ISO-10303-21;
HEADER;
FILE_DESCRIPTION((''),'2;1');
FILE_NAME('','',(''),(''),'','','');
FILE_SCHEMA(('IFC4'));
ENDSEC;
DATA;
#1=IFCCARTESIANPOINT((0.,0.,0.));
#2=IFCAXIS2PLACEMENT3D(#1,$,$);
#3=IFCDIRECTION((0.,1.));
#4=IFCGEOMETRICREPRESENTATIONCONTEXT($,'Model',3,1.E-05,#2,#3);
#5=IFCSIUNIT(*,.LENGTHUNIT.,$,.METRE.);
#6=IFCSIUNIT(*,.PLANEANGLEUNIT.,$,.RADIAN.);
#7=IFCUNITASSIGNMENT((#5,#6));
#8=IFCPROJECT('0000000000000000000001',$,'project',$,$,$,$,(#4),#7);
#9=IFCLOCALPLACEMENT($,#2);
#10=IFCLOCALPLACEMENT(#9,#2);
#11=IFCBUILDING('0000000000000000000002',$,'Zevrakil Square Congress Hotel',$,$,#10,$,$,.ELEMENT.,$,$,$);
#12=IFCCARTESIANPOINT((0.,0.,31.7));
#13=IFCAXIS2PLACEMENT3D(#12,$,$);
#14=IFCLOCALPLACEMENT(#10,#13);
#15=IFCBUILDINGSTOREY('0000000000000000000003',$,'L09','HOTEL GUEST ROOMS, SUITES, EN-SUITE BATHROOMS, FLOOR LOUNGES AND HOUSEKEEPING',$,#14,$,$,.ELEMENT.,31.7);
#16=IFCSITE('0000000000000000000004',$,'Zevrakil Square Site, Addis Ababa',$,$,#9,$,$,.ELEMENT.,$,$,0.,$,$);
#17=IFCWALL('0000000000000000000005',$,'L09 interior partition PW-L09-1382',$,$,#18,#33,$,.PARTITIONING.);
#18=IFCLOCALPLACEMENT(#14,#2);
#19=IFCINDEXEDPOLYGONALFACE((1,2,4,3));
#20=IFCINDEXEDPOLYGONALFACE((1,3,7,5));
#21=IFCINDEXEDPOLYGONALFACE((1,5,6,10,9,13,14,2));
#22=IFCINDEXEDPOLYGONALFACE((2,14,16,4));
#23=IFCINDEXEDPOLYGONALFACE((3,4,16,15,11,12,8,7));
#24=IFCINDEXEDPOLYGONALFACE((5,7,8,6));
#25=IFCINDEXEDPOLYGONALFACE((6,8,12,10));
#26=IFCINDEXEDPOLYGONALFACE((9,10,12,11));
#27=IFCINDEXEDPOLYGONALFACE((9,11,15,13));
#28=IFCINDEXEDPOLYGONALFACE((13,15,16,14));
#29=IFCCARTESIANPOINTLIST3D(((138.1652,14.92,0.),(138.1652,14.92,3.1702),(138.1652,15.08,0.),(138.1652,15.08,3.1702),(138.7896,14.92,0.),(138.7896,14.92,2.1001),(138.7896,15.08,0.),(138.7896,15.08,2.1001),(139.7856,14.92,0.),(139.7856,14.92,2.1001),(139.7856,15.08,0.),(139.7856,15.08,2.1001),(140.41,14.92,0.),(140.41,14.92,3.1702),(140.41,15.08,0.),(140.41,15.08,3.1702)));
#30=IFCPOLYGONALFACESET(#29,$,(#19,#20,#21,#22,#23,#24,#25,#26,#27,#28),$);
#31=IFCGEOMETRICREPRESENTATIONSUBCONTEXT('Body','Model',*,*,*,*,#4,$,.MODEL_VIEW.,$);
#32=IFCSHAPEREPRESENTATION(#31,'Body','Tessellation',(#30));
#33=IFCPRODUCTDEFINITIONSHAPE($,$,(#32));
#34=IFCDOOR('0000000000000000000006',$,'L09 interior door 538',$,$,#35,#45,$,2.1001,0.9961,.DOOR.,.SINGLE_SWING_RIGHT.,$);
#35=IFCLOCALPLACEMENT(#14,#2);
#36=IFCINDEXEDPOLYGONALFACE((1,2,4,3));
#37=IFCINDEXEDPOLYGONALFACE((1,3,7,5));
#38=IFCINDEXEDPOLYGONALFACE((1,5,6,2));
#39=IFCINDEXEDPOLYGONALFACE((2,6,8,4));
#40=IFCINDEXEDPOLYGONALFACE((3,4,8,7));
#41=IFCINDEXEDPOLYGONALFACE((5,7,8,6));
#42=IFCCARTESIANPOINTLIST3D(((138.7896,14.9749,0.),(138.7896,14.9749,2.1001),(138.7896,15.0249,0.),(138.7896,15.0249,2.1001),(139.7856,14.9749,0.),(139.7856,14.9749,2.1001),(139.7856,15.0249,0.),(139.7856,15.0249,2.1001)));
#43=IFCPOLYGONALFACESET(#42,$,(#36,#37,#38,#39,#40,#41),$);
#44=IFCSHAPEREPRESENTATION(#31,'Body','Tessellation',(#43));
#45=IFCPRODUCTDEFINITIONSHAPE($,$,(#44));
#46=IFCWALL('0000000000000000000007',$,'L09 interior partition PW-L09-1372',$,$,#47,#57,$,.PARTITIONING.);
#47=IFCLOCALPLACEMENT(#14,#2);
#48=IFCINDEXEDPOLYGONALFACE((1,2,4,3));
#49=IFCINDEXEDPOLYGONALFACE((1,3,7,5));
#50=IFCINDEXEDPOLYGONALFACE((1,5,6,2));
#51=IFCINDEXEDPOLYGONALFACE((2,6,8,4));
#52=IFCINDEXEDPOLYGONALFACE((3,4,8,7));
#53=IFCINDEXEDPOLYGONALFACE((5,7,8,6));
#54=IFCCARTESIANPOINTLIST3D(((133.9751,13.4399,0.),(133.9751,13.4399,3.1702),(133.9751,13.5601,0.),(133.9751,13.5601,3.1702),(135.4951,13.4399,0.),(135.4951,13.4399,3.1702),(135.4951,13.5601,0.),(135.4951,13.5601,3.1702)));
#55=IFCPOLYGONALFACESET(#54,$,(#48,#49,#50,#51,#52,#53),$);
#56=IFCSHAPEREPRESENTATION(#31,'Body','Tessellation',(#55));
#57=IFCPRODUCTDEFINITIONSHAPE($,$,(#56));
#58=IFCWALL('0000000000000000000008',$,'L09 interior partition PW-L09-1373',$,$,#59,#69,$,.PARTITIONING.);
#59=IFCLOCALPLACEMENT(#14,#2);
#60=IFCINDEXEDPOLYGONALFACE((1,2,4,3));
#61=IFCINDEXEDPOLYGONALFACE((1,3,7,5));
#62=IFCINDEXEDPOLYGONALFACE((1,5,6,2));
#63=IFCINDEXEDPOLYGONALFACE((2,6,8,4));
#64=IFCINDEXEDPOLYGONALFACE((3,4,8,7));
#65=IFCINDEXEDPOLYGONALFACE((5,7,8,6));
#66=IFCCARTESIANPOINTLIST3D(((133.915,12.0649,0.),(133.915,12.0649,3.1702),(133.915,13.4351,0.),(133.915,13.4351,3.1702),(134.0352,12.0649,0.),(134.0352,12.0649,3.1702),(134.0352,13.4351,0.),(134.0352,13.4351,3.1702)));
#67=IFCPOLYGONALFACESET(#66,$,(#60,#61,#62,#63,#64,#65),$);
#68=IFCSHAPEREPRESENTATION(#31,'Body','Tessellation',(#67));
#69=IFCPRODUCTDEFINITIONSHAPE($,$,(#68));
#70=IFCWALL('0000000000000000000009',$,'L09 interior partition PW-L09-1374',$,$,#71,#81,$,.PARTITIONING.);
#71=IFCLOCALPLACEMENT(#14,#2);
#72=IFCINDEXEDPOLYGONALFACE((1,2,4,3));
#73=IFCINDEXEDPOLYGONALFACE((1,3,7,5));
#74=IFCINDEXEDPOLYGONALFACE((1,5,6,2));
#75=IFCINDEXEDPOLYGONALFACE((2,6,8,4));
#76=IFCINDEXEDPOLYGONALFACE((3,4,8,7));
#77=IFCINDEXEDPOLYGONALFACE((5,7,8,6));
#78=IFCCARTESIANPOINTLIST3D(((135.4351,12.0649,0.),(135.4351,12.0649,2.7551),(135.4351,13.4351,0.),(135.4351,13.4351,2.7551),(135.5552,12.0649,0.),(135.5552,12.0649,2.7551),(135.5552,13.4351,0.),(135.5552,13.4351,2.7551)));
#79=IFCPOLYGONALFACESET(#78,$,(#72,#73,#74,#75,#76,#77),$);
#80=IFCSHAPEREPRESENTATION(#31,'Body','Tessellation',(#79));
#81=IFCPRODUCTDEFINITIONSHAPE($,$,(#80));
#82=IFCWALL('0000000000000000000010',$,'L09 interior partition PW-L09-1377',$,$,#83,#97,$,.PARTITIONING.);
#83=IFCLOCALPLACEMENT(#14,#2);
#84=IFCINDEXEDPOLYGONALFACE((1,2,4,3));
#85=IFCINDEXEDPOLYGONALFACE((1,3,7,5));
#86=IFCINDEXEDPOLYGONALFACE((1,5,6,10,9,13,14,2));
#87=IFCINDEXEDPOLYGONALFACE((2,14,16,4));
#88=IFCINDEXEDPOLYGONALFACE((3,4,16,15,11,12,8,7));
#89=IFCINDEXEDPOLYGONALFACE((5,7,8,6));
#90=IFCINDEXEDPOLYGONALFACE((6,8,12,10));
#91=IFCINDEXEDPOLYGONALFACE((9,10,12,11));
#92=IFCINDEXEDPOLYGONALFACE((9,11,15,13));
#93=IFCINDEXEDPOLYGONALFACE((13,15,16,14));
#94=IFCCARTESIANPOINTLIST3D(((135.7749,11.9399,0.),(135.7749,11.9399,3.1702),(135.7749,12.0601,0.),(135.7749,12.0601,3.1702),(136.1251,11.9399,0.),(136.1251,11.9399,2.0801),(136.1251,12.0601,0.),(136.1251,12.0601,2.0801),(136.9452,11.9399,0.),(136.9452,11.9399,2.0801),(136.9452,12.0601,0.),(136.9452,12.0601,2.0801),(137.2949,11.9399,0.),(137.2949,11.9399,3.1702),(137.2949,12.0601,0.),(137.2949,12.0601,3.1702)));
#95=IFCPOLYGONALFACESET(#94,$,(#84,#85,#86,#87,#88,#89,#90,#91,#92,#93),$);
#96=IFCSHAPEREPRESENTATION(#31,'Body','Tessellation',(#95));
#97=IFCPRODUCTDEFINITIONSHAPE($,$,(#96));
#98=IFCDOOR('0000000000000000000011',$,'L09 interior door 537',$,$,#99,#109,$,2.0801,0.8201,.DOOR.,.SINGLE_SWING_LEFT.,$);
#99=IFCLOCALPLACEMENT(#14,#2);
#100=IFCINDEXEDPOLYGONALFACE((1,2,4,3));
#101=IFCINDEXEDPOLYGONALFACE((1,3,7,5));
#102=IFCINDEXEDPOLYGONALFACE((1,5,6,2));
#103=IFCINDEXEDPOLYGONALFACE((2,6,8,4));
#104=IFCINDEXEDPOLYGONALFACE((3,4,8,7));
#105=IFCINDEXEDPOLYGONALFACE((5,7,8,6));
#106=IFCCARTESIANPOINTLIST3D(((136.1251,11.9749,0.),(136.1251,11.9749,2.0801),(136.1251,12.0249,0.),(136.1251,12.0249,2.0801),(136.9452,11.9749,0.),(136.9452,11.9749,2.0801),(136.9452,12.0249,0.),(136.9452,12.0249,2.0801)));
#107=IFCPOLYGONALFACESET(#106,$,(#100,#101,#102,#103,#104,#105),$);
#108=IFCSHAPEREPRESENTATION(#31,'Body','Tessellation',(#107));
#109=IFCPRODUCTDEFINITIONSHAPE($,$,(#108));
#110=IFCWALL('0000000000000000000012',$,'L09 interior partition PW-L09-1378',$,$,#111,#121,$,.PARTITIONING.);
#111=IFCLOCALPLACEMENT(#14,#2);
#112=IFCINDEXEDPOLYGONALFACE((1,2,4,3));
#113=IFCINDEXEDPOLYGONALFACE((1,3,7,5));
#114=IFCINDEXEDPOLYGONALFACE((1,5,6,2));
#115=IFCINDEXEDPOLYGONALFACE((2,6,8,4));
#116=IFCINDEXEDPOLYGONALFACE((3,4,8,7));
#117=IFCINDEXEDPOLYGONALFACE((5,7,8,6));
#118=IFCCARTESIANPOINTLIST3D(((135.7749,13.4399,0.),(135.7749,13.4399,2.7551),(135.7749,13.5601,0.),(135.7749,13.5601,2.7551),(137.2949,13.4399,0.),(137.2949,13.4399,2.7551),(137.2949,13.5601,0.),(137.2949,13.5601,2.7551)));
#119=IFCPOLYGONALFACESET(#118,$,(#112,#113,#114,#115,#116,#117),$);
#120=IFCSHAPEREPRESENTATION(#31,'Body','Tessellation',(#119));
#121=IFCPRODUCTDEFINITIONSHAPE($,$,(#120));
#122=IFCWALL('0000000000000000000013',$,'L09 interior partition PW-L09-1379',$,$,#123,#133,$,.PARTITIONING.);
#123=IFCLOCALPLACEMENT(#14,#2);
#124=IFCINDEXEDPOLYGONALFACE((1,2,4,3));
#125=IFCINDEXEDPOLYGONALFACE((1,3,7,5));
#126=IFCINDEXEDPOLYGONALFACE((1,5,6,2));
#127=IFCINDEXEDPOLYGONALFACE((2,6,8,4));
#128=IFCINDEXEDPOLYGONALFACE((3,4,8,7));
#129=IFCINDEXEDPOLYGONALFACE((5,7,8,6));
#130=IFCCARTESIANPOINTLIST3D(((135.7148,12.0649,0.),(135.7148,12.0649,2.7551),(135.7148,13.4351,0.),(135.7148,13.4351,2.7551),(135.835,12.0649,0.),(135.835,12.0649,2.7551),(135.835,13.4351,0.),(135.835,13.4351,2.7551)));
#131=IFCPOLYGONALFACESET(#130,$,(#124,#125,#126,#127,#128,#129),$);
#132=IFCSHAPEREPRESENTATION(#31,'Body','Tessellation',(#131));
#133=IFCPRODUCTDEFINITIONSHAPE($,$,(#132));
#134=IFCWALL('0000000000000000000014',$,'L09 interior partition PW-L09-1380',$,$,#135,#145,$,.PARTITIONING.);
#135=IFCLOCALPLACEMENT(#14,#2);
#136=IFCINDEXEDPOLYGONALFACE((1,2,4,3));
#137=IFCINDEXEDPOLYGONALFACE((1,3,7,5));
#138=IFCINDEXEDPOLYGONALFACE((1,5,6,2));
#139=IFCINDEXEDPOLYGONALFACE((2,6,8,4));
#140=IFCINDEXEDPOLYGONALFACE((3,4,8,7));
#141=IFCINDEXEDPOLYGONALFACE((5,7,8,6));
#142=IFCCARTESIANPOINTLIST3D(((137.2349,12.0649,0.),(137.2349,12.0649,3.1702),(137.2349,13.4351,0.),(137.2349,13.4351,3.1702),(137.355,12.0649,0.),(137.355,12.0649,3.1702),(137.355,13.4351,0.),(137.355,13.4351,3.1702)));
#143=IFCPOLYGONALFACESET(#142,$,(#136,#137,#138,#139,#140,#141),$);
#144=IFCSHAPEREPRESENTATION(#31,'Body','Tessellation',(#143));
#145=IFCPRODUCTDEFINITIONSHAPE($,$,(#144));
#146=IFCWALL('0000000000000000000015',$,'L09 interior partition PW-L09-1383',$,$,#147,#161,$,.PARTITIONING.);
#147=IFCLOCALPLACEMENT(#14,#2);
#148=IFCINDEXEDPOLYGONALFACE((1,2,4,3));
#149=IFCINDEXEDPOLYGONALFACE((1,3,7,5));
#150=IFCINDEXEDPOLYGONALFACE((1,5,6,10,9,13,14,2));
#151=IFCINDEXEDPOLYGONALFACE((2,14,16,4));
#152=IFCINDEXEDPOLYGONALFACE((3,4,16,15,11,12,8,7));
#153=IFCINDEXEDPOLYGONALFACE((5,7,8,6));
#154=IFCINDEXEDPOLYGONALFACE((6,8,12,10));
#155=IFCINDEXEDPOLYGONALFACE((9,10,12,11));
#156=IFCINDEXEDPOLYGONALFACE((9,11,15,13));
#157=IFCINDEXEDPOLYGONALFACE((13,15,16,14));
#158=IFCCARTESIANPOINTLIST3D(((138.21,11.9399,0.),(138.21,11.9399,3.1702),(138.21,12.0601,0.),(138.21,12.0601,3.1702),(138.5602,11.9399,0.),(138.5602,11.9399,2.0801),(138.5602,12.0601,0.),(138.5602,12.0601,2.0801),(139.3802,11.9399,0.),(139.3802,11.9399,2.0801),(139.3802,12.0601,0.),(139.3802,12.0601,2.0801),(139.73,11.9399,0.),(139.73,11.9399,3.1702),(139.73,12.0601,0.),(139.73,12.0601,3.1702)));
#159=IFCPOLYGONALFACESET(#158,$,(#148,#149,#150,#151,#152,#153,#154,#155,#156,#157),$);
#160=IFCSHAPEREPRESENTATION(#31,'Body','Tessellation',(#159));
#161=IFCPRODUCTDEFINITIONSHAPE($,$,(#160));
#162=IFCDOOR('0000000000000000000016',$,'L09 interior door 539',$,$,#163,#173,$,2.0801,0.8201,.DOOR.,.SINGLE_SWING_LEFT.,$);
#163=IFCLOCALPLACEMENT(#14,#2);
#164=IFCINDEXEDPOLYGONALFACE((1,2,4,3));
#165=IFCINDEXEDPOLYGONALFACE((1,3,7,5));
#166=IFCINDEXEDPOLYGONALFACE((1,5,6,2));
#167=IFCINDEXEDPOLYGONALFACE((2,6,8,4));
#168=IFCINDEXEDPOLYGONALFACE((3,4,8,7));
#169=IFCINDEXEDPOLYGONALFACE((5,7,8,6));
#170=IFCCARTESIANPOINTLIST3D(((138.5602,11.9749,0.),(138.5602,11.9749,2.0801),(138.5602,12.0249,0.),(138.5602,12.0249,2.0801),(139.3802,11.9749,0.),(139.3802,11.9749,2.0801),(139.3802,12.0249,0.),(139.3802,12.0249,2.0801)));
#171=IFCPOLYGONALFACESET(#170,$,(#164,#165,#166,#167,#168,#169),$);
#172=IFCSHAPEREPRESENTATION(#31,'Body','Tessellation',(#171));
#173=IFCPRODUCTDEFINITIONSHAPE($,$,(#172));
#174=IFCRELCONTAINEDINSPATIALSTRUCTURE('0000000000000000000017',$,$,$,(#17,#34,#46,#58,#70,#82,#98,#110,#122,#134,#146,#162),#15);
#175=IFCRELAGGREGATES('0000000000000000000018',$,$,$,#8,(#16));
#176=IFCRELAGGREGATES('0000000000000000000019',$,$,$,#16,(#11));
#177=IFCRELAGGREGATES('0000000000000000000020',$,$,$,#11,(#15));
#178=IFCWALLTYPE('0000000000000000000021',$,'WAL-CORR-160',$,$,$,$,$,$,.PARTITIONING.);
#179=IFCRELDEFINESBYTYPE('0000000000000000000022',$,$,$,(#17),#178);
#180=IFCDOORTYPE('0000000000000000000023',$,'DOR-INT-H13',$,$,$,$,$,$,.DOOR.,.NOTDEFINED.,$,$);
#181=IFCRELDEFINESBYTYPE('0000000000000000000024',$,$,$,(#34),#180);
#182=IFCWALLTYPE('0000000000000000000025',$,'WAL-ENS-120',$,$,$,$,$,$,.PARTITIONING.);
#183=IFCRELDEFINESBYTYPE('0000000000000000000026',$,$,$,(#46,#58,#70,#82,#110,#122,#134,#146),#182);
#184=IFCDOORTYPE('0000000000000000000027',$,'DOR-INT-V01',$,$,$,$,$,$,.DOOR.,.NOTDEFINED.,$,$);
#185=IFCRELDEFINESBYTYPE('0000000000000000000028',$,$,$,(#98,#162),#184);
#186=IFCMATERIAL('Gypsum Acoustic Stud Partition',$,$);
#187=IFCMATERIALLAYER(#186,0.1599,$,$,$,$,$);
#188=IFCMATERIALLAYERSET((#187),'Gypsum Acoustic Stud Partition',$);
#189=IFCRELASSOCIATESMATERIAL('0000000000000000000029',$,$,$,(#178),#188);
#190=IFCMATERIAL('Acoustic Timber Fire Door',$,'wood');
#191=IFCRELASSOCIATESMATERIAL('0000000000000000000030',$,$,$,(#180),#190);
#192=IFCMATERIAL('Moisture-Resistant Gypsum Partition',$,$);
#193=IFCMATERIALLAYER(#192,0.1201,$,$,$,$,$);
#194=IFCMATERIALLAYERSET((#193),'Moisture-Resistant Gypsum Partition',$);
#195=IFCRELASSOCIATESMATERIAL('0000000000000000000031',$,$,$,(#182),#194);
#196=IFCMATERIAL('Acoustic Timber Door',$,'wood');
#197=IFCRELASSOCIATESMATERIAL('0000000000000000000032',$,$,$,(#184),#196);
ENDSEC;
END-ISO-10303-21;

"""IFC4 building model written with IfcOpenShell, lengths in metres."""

from ifc_helpers import new_model, si_unit, direction, frame, frame_2d, origin, place, context, subcontext, project, spatial, rectangle, extrude, material, layer, layer_set, type_object, element, fill, save


model = new_model("IFC4")

# Units and contexts
model_context = context("Model", 3, precision=1e-05, world=origin(), true_north=direction((0.0, 1.0)))
body_context = subcontext(model_context, "Body", "Model", "MODEL_VIEW")
ifc_project = project(units=[si_unit("LENGTHUNIT", "METRE"), si_unit("PLANEANGLEUNIT", "RADIAN")], contexts=[model_context])

# Site, building, storey
site_placement = place(None, origin())
site = spatial("IfcSite", under=ifc_project, at=site_placement, Name="Zevrakil Square Site, Addis Ababa", CompositionType="ELEMENT", RefElevation=0.0)
building_placement = place(site_placement, origin())
building = spatial("IfcBuilding", under=site, at=building_placement, Name="Zevrakil Square Congress Hotel", CompositionType="ELEMENT")
storey_placement = place(building_placement, frame((0.0, 0.0, 31.7)))
storey = spatial("IfcBuildingStorey", under=building, at=storey_placement, Name="L09", Description="HOTEL GUEST ROOMS, SUITES, EN-SUITE BATHROOMS, FLOOR LOUNGES AND HOUSEKEEPING", CompositionType="ELEMENT", Elevation=31.7)

# Wall, opening, door
ifc_material_1 = material(Name="Gypsum Acoustic Stud Partition")
ifc_layer_1 = layer(ifc_material_1, 0.1599)
ifc_layer_set_1 = layer_set([ifc_layer_1], Name="Gypsum Acoustic Stud Partition")
wall_type_1 = type_object("IfcWallType", Name="WAL-CORR-160", PredefinedType="PARTITIONING", material=ifc_layer_set_1)
wall_1_placement = place(storey_placement, frame((138.165, 15.0, 0.0), z_axis=(0.0, 0.0, 1.0), x_axis=(1.0, 0.0, 0.0)))
wall_1 = element("IfcWall", 1, at=wall_1_placement, inside=storey, type_object=wall_type_1, Name="L09 interior partition PW-L09-1382", PredefinedType="PARTITIONING", context=body_context, shape_type="SweptSolid", body=[
    extrude(rectangle(XDim=2.2449, YDim=0.1599, at=frame_2d((1.1226, 0.0))), origin(), (0.0, 0.0, 1.0), 3.1702),
])
opening_1_placement = place(wall_1_placement, frame((0.6245, 0.0, 0.0)))
opening_1 = element("IfcOpeningElement", 2, at=opening_1_placement, cuts=wall_1, PredefinedType="OPENING", context=body_context, shape_type="SweptSolid", body=[
    extrude(rectangle(XDim=0.9961, YDim=2.1001, at=frame_2d((0.498, 1.05))), frame((0.0, 0.0898, 0.0), z_axis=(0.0, -1.0, 0.0), x_axis=(1.0, 0.0, 0.0)), (0.0, 0.0, 1.0), 0.1799),
])
ifc_material_2 = material(Name="Acoustic Timber Fire Door", Category="wood")
door_type_1 = type_object("IfcDoorType", Name="DOR-INT-H13", OperationType="NOTDEFINED", PredefinedType="DOOR", material=ifc_material_2)
door_1_placement = place(opening_1_placement, origin())
door_1 = element("IfcDoor", 3, at=door_1_placement, inside=storey, type_object=door_type_1, Name="L09 interior door 538", OperationType="SINGLE_SWING_RIGHT", OverallHeight=2.1001, OverallWidth=0.9961, PredefinedType="DOOR", context=body_context, shape_type="SweptSolid", body=[
    extrude(rectangle(XDim=0.9961, YDim=2.1001, at=frame_2d((0.498, 1.05))), frame((0.0, 0.0249, 0.0), z_axis=(0.0, -1.0, 0.0), x_axis=(1.0, 0.0, 0.0)), (0.0, 0.0, 1.0), 0.05),
])
fill(opening_1, door_1)

# Walls
ifc_material_3 = material(Name="Moisture-Resistant Gypsum Partition")
ifc_layer_2 = layer(ifc_material_3, 0.1201)
ifc_layer_set_2 = layer_set([ifc_layer_2], Name="Moisture-Resistant Gypsum Partition")
wall_type_2 = type_object("IfcWallType", Name="WAL-ENS-120", PredefinedType="PARTITIONING", material=ifc_layer_set_2)
wall_2_placement = place(storey_placement, frame((133.9751, 13.5, 0.0), z_axis=(0.0, 0.0, 1.0), x_axis=(1.0, 0.0, 0.0)))
element("IfcWall", 4, at=wall_2_placement, inside=storey, type_object=wall_type_2, Name="L09 interior partition PW-L09-1372", PredefinedType="PARTITIONING", context=body_context, shape_type="SweptSolid", body=[
    extrude(rectangle(XDim=1.52, YDim=0.1201, at=frame_2d((0.76, 0.0))), origin(), (0.0, 0.0, 1.0), 3.1702),
])
wall_3_placement = place(storey_placement, frame((133.9751, 12.0649, 0.0), z_axis=(0.0, 0.0, 1.0), x_axis=(0.0, 1.0, 0.0)))
element("IfcWall", 5, at=wall_3_placement, inside=storey, type_object=wall_type_2, Name="L09 interior partition PW-L09-1373", PredefinedType="PARTITIONING", context=body_context, shape_type="SweptSolid", body=[
    extrude(rectangle(XDim=1.3701, YDim=0.1201, at=frame_2d((0.6851, 0.0))), origin(), (0.0, 0.0, 1.0), 3.1702),
])
wall_4_placement = place(storey_placement, frame((135.4951, 12.0649, 0.0), z_axis=(0.0, 0.0, 1.0), x_axis=(0.0, 1.0, 0.0)))
element("IfcWall", 6, at=wall_4_placement, inside=storey, type_object=wall_type_2, Name="L09 interior partition PW-L09-1374", PredefinedType="PARTITIONING", context=body_context, shape_type="SweptSolid", body=[
    extrude(rectangle(XDim=1.3701, YDim=0.1201, at=frame_2d((0.6851, 0.0))), origin(), (0.0, 0.0, 1.0), 2.7551),
])

# Wall, opening, door
wall_5_placement = place(storey_placement, frame((135.7749, 12.0, 0.0), z_axis=(0.0, 0.0, 1.0), x_axis=(1.0, 0.0, 0.0)))
wall_5 = element("IfcWall", 7, at=wall_5_placement, inside=storey, type_object=wall_type_2, Name="L09 interior partition PW-L09-1377", PredefinedType="PARTITIONING", context=body_context, shape_type="SweptSolid", body=[
    extrude(rectangle(XDim=1.52, YDim=0.1201, at=frame_2d((0.76, 0.0))), origin(), (0.0, 0.0, 1.0), 3.1702),
])
opening_2_placement = place(wall_5_placement, frame((0.3501, 0.0, 0.0)))
opening_2 = element("IfcOpeningElement", 8, at=opening_2_placement, cuts=wall_5, PredefinedType="OPENING", context=body_context, shape_type="SweptSolid", body=[
    extrude(rectangle(XDim=0.8201, YDim=2.0801, at=frame_2d((0.4102, 1.04))), frame((0.0, 0.0701, 0.0), z_axis=(0.0, -1.0, 0.0), x_axis=(1.0, 0.0, 0.0)), (0.0, 0.0, 1.0), 0.1401),
])
ifc_material_4 = material(Name="Acoustic Timber Door", Category="wood")
door_type_2 = type_object("IfcDoorType", Name="DOR-INT-V01", OperationType="NOTDEFINED", PredefinedType="DOOR", material=ifc_material_4)
door_2_placement = place(opening_2_placement, origin())
door_2 = element("IfcDoor", 9, at=door_2_placement, inside=storey, type_object=door_type_2, Name="L09 interior door 537", OperationType="SINGLE_SWING_LEFT", OverallHeight=2.0801, OverallWidth=0.8201, PredefinedType="DOOR", context=body_context, shape_type="SweptSolid", body=[
    extrude(rectangle(XDim=0.8201, YDim=2.0801, at=frame_2d((0.4102, 1.04))), frame((0.0, 0.0249, 0.0), z_axis=(0.0, -1.0, 0.0), x_axis=(1.0, 0.0, 0.0)), (0.0, 0.0, 1.0), 0.05),
])
fill(opening_2, door_2)

# Walls
wall_6_placement = place(storey_placement, frame((135.7749, 13.5, 0.0), z_axis=(0.0, 0.0, 1.0), x_axis=(1.0, 0.0, 0.0)))
element("IfcWall", 10, at=wall_6_placement, inside=storey, type_object=wall_type_2, Name="L09 interior partition PW-L09-1378", PredefinedType="PARTITIONING", context=body_context, shape_type="SweptSolid", body=[
    extrude(rectangle(XDim=1.52, YDim=0.1201, at=frame_2d((0.76, 0.0))), origin(), (0.0, 0.0, 1.0), 2.7551),
])
wall_7_placement = place(storey_placement, frame((135.7749, 12.0649, 0.0), z_axis=(0.0, 0.0, 1.0), x_axis=(0.0, 1.0, 0.0)))
element("IfcWall", 11, at=wall_7_placement, inside=storey, type_object=wall_type_2, Name="L09 interior partition PW-L09-1379", PredefinedType="PARTITIONING", context=body_context, shape_type="SweptSolid", body=[
    extrude(rectangle(XDim=1.3701, YDim=0.1201, at=frame_2d((0.6851, 0.0))), origin(), (0.0, 0.0, 1.0), 2.7551),
])
wall_8_placement = place(storey_placement, frame((137.2949, 12.0649, 0.0), z_axis=(0.0, 0.0, 1.0), x_axis=(0.0, 1.0, 0.0)))
element("IfcWall", 12, at=wall_8_placement, inside=storey, type_object=wall_type_2, Name="L09 interior partition PW-L09-1380", PredefinedType="PARTITIONING", context=body_context, shape_type="SweptSolid", body=[
    extrude(rectangle(XDim=1.3701, YDim=0.1201, at=frame_2d((0.6851, 0.0))), origin(), (0.0, 0.0, 1.0), 3.1702),
])

# Wall, opening, door
wall_9_placement = place(storey_placement, frame((138.21, 12.0, 0.0), z_axis=(0.0, 0.0, 1.0), x_axis=(1.0, 0.0, 0.0)))
wall_9 = element("IfcWall", 13, at=wall_9_placement, inside=storey, type_object=wall_type_2, Name="L09 interior partition PW-L09-1383", PredefinedType="PARTITIONING", context=body_context, shape_type="SweptSolid", body=[
    extrude(rectangle(XDim=1.52, YDim=0.1201, at=frame_2d((0.76, 0.0))), origin(), (0.0, 0.0, 1.0), 3.1702),
])
opening_3_placement = place(wall_9_placement, frame((0.3501, 0.0, 0.0)))
opening_3 = element("IfcOpeningElement", 14, at=opening_3_placement, cuts=wall_9, PredefinedType="OPENING", context=body_context, shape_type="SweptSolid", body=[
    extrude(rectangle(XDim=0.8201, YDim=2.0801, at=frame_2d((0.4102, 1.04))), frame((0.0, 0.0701, 0.0), z_axis=(0.0, -1.0, 0.0), x_axis=(1.0, 0.0, 0.0)), (0.0, 0.0, 1.0), 0.1401),
])
door_3_placement = place(opening_3_placement, origin())
door_3 = element("IfcDoor", 15, at=door_3_placement, inside=storey, type_object=door_type_2, Name="L09 interior door 539", OperationType="SINGLE_SWING_LEFT", OverallHeight=2.0801, OverallWidth=0.8201, PredefinedType="DOOR", context=body_context, shape_type="SweptSolid", body=[
    extrude(rectangle(XDim=0.8201, YDim=2.0801, at=frame_2d((0.4102, 1.04))), frame((0.0, 0.0249, 0.0), z_axis=(0.0, -1.0, 0.0), x_axis=(1.0, 0.0, 0.0)), (0.0, 0.0, 1.0), 0.05),
])
fill(opening_3, door_3)

save(model, "model.ifc")
